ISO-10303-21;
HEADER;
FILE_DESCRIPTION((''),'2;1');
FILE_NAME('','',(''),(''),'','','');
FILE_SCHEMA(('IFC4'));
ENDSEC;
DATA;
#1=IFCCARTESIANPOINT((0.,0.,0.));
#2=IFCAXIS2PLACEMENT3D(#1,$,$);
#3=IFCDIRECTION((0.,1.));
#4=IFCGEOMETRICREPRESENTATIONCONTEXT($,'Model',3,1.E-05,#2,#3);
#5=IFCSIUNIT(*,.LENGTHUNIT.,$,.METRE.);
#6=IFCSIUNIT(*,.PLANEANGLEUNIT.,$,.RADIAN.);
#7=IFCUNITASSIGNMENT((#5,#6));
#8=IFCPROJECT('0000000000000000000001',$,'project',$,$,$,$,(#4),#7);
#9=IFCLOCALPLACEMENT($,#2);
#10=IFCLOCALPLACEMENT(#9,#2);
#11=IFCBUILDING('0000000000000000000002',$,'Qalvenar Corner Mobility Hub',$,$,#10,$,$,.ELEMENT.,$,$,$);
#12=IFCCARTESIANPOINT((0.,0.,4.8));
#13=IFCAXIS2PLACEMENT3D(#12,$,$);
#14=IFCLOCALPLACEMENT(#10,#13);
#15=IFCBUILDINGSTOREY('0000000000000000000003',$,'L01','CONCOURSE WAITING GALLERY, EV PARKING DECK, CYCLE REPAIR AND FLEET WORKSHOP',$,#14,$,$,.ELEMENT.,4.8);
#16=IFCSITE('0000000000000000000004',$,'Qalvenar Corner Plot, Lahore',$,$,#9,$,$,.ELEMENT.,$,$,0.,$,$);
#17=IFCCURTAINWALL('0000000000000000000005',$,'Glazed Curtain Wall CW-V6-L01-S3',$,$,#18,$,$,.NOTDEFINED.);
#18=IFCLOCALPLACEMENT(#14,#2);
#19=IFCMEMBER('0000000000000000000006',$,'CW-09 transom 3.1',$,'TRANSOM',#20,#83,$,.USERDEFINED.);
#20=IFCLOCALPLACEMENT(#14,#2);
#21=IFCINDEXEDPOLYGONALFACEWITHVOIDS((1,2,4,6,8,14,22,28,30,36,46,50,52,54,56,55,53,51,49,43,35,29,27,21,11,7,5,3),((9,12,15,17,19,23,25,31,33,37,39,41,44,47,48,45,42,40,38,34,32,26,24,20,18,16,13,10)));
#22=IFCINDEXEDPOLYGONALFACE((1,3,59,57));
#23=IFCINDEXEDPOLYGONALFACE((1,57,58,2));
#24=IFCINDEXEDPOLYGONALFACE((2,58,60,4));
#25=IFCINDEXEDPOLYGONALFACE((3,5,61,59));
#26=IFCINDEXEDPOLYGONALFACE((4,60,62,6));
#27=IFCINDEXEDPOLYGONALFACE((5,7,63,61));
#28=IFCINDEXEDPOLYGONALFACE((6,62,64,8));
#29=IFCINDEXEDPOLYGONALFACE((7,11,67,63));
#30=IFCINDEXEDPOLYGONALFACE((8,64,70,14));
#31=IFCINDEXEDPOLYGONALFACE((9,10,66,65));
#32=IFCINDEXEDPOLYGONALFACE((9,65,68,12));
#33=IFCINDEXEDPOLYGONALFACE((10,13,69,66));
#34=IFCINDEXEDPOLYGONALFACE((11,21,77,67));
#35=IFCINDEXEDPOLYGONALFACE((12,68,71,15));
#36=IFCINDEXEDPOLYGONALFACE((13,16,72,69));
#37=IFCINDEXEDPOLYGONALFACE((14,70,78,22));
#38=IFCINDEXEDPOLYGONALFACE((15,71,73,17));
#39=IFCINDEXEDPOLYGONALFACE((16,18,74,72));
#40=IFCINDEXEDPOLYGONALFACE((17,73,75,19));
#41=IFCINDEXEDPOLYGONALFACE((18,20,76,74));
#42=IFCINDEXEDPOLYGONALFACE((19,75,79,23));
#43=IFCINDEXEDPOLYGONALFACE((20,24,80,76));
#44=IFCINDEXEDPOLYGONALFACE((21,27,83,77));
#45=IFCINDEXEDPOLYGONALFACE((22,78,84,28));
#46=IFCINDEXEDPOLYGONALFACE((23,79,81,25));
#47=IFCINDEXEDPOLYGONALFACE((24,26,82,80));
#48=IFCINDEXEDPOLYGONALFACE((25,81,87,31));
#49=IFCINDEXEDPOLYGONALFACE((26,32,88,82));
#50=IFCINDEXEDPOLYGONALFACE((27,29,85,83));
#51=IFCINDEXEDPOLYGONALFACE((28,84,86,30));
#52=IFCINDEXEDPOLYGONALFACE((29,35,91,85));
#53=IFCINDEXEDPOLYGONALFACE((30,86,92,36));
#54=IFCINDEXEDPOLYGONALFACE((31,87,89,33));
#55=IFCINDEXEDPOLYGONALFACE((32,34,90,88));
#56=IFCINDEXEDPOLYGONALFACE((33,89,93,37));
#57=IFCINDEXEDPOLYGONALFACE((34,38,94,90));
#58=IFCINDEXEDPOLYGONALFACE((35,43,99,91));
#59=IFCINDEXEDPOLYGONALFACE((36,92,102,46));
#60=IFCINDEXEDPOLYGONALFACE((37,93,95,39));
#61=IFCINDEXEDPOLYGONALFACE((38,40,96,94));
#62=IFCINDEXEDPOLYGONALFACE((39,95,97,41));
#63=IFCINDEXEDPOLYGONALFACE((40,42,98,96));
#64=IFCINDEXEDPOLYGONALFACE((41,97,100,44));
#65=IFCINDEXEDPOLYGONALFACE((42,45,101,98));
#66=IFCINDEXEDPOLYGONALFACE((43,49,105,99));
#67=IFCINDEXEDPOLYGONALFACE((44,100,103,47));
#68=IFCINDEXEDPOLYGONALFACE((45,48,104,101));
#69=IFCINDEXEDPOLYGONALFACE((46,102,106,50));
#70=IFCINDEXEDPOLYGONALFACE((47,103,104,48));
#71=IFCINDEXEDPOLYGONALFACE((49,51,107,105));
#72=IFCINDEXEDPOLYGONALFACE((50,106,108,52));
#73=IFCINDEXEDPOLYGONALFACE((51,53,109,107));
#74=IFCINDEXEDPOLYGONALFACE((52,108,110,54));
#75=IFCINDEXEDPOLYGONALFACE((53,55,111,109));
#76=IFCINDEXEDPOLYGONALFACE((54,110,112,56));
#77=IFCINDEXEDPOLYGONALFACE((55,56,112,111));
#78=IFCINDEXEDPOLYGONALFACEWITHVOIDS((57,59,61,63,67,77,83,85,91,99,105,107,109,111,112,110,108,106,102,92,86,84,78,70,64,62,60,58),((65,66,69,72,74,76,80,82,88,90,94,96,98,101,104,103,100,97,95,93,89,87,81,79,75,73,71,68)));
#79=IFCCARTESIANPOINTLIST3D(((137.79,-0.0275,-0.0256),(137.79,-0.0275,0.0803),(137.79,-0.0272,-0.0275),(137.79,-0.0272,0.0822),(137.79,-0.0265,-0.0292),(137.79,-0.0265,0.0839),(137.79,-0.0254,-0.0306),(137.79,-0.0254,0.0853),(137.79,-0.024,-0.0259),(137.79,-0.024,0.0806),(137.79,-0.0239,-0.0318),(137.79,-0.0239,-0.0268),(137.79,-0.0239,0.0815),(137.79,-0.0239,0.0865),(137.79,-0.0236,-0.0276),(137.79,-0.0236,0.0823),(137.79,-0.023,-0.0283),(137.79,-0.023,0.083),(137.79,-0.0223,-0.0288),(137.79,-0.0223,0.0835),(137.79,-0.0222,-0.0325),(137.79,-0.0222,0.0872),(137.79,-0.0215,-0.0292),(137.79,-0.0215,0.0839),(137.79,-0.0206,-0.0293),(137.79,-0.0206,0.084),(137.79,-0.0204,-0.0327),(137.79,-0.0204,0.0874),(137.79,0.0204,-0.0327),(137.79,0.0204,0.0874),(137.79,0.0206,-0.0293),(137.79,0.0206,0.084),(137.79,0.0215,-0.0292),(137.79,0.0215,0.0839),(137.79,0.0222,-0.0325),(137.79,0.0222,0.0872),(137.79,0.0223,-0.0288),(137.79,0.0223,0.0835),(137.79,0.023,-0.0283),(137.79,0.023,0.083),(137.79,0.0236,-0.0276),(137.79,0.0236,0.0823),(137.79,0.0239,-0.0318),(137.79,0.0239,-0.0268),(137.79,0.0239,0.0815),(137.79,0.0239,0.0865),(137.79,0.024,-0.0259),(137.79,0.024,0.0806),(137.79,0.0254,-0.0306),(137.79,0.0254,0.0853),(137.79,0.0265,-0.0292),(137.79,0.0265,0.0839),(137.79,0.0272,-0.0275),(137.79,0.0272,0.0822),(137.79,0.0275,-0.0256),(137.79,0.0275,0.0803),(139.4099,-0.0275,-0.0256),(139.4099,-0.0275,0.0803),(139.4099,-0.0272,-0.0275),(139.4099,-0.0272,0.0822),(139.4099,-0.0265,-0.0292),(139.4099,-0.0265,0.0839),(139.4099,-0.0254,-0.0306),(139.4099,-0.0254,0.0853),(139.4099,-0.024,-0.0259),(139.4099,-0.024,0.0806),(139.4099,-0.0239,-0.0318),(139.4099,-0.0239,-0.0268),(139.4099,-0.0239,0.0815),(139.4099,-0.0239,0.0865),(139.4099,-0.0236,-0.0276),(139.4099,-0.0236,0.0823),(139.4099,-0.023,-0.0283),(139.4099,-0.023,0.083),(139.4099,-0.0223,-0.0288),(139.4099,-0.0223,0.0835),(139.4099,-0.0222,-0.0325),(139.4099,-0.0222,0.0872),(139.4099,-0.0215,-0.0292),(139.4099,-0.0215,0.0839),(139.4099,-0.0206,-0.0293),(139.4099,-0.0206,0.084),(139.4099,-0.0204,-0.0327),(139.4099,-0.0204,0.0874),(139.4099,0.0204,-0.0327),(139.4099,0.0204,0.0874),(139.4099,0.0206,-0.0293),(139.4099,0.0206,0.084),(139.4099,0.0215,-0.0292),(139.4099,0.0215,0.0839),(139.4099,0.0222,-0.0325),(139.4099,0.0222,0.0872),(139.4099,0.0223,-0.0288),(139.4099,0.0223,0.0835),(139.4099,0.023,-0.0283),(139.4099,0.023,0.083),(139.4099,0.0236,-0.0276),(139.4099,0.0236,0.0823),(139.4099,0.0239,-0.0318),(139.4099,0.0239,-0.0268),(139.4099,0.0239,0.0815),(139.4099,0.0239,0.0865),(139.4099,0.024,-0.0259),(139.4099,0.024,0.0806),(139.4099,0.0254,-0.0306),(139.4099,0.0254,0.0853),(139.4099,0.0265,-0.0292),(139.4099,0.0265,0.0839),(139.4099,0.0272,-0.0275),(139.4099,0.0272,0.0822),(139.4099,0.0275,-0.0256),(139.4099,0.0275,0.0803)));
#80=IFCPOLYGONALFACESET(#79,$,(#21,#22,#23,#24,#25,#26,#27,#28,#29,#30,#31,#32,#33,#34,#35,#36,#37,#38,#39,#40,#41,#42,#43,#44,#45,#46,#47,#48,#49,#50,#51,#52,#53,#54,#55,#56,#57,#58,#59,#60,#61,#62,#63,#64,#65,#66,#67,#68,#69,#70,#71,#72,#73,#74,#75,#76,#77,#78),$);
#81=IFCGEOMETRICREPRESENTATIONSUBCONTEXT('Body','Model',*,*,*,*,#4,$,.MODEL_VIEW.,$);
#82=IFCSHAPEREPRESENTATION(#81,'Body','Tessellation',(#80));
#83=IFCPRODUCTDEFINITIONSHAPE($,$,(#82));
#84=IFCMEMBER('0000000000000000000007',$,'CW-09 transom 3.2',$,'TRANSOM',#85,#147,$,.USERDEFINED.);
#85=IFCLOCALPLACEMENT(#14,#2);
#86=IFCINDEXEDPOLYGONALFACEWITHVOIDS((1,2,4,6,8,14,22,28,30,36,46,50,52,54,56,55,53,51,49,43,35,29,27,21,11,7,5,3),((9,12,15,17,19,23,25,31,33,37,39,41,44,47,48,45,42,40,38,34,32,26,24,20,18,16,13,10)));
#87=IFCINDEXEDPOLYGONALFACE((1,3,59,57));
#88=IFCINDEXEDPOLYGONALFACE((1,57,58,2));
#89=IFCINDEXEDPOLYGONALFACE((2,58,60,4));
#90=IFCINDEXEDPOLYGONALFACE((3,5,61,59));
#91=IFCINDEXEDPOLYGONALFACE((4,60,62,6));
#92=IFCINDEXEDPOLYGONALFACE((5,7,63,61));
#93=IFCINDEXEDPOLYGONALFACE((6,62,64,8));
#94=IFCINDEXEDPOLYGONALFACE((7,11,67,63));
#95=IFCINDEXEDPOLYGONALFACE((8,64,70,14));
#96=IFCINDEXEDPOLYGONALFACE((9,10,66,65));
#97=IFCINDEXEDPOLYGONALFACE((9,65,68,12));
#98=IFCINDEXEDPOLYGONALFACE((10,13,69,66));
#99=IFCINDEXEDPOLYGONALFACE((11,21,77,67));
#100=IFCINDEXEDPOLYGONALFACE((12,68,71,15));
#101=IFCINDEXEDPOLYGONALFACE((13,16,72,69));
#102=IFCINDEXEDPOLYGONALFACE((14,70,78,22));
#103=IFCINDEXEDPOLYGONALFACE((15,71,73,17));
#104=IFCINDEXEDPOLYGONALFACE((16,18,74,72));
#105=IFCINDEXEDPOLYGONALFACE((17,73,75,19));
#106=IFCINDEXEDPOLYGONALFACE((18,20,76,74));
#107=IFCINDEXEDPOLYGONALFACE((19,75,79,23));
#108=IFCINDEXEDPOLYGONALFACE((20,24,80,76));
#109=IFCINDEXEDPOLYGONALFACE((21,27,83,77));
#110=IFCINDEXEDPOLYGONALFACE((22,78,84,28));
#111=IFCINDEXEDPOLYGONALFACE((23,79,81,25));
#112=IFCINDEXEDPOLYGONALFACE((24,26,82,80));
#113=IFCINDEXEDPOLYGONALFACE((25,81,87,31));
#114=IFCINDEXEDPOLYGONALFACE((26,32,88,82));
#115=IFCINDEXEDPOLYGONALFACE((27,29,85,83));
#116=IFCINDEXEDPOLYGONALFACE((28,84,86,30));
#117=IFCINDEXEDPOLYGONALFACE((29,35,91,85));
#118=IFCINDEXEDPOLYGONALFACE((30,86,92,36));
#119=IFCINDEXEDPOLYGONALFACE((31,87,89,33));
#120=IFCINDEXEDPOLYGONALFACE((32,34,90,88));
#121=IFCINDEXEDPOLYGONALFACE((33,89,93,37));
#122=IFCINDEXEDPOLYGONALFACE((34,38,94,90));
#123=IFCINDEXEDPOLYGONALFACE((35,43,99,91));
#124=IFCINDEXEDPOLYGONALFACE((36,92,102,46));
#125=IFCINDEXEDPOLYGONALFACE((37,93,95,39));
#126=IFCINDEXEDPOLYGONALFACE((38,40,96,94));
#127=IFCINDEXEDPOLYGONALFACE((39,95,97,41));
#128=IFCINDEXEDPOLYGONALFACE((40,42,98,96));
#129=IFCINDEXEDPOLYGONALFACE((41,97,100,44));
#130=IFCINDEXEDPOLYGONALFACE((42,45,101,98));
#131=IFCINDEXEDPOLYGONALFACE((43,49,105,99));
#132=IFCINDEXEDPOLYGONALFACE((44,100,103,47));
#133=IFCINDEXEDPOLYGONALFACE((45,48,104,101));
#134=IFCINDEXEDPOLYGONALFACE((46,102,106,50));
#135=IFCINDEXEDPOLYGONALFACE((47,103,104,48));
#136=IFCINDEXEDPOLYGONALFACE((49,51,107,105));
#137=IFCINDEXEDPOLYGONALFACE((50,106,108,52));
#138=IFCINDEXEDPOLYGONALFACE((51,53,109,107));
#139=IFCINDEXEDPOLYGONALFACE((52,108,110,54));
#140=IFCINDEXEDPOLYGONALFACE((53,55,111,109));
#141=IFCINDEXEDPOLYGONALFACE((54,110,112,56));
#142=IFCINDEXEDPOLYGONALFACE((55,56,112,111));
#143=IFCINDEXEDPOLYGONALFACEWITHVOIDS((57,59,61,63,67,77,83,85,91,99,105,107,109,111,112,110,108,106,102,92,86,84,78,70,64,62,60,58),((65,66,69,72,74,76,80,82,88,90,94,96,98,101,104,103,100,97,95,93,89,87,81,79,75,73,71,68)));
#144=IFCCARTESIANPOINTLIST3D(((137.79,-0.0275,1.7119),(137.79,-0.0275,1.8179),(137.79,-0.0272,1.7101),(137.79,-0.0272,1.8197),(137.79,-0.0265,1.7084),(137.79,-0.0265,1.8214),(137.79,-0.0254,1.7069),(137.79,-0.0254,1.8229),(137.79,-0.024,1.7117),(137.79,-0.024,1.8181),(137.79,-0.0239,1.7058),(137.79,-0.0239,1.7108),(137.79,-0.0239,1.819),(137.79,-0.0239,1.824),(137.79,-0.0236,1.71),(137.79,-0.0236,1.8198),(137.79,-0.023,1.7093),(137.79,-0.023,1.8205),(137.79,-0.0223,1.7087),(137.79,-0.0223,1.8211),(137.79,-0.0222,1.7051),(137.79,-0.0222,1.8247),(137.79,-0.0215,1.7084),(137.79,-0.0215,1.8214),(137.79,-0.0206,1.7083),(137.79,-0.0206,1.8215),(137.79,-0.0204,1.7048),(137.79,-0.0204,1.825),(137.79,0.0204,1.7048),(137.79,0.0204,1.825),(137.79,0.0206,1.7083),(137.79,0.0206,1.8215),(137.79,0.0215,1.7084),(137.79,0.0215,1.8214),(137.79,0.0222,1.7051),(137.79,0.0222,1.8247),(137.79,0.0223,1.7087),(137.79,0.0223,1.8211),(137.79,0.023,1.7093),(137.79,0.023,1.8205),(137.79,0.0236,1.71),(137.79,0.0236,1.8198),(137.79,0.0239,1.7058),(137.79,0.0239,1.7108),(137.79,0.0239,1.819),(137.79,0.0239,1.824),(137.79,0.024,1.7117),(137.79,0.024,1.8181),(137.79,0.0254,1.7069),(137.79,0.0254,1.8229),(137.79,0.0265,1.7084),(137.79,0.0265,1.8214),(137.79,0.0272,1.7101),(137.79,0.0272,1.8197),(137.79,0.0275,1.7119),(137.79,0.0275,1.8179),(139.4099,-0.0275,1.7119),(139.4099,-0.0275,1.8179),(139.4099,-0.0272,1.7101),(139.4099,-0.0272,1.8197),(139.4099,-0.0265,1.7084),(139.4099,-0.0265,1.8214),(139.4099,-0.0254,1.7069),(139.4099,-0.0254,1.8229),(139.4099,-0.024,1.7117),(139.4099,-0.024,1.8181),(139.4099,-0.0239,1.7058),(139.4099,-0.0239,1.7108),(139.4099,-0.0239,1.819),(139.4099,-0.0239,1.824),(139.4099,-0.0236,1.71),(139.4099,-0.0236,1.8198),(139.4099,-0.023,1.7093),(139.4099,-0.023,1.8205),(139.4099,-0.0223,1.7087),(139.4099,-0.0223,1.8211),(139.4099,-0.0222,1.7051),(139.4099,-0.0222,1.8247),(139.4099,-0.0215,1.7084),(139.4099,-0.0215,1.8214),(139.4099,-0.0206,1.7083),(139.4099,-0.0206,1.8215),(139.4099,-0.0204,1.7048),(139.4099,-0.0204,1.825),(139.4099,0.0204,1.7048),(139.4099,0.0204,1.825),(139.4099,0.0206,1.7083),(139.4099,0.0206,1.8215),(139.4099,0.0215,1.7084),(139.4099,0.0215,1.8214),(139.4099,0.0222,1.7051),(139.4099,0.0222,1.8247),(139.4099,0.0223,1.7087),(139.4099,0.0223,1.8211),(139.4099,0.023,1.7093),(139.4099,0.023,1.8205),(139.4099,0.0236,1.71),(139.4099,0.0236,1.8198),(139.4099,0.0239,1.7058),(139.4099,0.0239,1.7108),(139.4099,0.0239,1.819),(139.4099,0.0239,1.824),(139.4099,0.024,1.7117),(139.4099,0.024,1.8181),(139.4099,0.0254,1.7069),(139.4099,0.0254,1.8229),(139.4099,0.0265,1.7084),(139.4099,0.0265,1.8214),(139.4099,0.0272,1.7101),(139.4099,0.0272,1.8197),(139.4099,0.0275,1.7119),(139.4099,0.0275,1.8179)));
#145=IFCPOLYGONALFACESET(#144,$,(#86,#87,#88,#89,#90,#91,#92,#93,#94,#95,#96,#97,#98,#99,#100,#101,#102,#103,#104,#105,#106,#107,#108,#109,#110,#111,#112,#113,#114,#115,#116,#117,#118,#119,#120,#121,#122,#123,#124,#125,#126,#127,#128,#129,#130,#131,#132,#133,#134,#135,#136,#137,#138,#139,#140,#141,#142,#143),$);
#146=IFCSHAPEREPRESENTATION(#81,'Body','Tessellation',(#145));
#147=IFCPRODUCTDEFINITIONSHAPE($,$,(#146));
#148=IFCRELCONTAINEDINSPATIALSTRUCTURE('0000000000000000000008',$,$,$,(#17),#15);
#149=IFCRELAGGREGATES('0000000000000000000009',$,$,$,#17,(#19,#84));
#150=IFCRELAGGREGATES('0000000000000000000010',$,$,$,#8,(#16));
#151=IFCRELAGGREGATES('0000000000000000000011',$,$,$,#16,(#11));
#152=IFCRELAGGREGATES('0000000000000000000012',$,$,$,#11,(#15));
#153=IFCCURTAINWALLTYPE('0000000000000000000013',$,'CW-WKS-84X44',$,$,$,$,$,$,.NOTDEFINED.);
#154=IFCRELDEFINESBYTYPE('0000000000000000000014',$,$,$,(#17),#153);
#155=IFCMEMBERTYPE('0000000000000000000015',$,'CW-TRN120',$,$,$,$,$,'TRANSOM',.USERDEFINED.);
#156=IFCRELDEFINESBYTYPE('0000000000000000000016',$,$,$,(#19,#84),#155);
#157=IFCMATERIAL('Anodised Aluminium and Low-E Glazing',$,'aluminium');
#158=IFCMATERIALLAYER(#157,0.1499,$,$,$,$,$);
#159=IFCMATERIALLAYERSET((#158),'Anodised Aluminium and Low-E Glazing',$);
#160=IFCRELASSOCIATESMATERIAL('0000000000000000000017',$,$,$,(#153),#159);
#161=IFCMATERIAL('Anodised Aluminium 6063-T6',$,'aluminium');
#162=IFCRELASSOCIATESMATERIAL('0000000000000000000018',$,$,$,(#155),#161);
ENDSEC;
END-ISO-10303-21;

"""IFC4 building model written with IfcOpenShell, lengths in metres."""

from ifc_helpers import new_model, si_unit, direction, frame, origin, origin_2d, place, context, subcontext, project, spatial, hollow_rectangle, extrude, material, layer, layer_set, material_profile, profile_set, type_object, element, aggregate, save


model = new_model("IFC4")

# Units and contexts
model_context = context("Model", 3, precision=1e-05, world=origin(), true_north=direction((0.0, 1.0)))
body_context = subcontext(model_context, "Body", "Model", "MODEL_VIEW")
ifc_project = project(units=[si_unit("LENGTHUNIT", "METRE"), si_unit("PLANEANGLEUNIT", "RADIAN")], contexts=[model_context])

# Site, building, storey
site_placement = place(None, origin())
site = spatial("IfcSite", under=ifc_project, at=site_placement, Name="Qalvenar Corner Plot, Lahore", CompositionType="ELEMENT", RefElevation=0.0)
building_placement = place(site_placement, origin())
building = spatial("IfcBuilding", under=site, at=building_placement, Name="Qalvenar Corner Mobility Hub", CompositionType="ELEMENT")
storey_placement = place(building_placement, frame((0.0, 0.0, 4.8)))
storey = spatial("IfcBuildingStorey", under=building, at=storey_placement, Name="L01", Description="CONCOURSE WAITING GALLERY, EV PARKING DECK, CYCLE REPAIR AND FLEET WORKSHOP", CompositionType="ELEMENT", Elevation=4.8)

# Curtain wall, members
ifc_material_1 = material(Name="Anodised Aluminium and Low-E Glazing", Category="aluminium")
ifc_layer_1 = layer(ifc_material_1, 0.1499)
ifc_layer_set_1 = layer_set([ifc_layer_1], Name="Anodised Aluminium and Low-E Glazing")
curtain_wall_type = type_object("IfcCurtainWallType", Name="CW-WKS-84X44", PredefinedType="NOTDEFINED", material=ifc_layer_set_1)
curtain_wall_placement = place(storey_placement, origin())
curtain_wall = element("IfcCurtainWall", 1, at=curtain_wall_placement, inside=storey, type_object=curtain_wall_type, Name="Glazed Curtain Wall CW-V6-L01-S3", PredefinedType="NOTDEFINED")
ifc_material_2 = material(Name="Anodised Aluminium 6063-T6", Category="aluminium")
ifc_material_profile_1 = material_profile(ifc_material_2, hollow_rectangle(XDim=0.0549, YDim=0.1201, WallThickness=0.0034, InnerFilletRadius=0.0034, OuterFilletRadius=0.0071, at=origin_2d()), Name="RHS120x55x3.5")
ifc_profile_set_1 = profile_set([ifc_material_profile_1], Name="Anodised Aluminium 6063-T6")
member_type_1 = type_object("IfcMemberType", Name="CW-TRN120", ElementType="TRANSOM", PredefinedType="USERDEFINED", material=ifc_profile_set_1)
member_1_placement = place(storey_placement, frame((137.79, 0.0, 0.0273), z_axis=(1.0, 0.0, 0.0), x_axis=(0.0, 1.0, 0.0)))
member_1 = element("IfcMember", 2, at=member_1_placement, type_object=member_type_1, Name="CW-09 transom 3.1", ObjectType="TRANSOM", PredefinedType="USERDEFINED", context=body_context, shape_type="SweptSolid", body=[
    extrude(hollow_rectangle(XDim=0.0549, YDim=0.1201, WallThickness=0.0034, InnerFilletRadius=0.0034, OuterFilletRadius=0.0071, at=origin_2d()), origin(), (0.0, 0.0, 1.0), 1.6199),
])
member_2_placement = place(storey_placement, frame((137.79, 0.0, 1.7649), z_axis=(1.0, 0.0, 0.0), x_axis=(0.0, 1.0, 0.0)))
member_2 = element("IfcMember", 3, at=member_2_placement, type_object=member_type_1, Name="CW-09 transom 3.2", ObjectType="TRANSOM", PredefinedType="USERDEFINED", context=body_context, shape_type="SweptSolid", body=[
    extrude(hollow_rectangle(XDim=0.0549, YDim=0.1201, WallThickness=0.0034, InnerFilletRadius=0.0034, OuterFilletRadius=0.0071, at=origin_2d()), origin(), (0.0, 0.0, 1.0), 1.6199),
])
aggregate(curtain_wall, [member_1, member_2])

save(model, "model.ifc")
